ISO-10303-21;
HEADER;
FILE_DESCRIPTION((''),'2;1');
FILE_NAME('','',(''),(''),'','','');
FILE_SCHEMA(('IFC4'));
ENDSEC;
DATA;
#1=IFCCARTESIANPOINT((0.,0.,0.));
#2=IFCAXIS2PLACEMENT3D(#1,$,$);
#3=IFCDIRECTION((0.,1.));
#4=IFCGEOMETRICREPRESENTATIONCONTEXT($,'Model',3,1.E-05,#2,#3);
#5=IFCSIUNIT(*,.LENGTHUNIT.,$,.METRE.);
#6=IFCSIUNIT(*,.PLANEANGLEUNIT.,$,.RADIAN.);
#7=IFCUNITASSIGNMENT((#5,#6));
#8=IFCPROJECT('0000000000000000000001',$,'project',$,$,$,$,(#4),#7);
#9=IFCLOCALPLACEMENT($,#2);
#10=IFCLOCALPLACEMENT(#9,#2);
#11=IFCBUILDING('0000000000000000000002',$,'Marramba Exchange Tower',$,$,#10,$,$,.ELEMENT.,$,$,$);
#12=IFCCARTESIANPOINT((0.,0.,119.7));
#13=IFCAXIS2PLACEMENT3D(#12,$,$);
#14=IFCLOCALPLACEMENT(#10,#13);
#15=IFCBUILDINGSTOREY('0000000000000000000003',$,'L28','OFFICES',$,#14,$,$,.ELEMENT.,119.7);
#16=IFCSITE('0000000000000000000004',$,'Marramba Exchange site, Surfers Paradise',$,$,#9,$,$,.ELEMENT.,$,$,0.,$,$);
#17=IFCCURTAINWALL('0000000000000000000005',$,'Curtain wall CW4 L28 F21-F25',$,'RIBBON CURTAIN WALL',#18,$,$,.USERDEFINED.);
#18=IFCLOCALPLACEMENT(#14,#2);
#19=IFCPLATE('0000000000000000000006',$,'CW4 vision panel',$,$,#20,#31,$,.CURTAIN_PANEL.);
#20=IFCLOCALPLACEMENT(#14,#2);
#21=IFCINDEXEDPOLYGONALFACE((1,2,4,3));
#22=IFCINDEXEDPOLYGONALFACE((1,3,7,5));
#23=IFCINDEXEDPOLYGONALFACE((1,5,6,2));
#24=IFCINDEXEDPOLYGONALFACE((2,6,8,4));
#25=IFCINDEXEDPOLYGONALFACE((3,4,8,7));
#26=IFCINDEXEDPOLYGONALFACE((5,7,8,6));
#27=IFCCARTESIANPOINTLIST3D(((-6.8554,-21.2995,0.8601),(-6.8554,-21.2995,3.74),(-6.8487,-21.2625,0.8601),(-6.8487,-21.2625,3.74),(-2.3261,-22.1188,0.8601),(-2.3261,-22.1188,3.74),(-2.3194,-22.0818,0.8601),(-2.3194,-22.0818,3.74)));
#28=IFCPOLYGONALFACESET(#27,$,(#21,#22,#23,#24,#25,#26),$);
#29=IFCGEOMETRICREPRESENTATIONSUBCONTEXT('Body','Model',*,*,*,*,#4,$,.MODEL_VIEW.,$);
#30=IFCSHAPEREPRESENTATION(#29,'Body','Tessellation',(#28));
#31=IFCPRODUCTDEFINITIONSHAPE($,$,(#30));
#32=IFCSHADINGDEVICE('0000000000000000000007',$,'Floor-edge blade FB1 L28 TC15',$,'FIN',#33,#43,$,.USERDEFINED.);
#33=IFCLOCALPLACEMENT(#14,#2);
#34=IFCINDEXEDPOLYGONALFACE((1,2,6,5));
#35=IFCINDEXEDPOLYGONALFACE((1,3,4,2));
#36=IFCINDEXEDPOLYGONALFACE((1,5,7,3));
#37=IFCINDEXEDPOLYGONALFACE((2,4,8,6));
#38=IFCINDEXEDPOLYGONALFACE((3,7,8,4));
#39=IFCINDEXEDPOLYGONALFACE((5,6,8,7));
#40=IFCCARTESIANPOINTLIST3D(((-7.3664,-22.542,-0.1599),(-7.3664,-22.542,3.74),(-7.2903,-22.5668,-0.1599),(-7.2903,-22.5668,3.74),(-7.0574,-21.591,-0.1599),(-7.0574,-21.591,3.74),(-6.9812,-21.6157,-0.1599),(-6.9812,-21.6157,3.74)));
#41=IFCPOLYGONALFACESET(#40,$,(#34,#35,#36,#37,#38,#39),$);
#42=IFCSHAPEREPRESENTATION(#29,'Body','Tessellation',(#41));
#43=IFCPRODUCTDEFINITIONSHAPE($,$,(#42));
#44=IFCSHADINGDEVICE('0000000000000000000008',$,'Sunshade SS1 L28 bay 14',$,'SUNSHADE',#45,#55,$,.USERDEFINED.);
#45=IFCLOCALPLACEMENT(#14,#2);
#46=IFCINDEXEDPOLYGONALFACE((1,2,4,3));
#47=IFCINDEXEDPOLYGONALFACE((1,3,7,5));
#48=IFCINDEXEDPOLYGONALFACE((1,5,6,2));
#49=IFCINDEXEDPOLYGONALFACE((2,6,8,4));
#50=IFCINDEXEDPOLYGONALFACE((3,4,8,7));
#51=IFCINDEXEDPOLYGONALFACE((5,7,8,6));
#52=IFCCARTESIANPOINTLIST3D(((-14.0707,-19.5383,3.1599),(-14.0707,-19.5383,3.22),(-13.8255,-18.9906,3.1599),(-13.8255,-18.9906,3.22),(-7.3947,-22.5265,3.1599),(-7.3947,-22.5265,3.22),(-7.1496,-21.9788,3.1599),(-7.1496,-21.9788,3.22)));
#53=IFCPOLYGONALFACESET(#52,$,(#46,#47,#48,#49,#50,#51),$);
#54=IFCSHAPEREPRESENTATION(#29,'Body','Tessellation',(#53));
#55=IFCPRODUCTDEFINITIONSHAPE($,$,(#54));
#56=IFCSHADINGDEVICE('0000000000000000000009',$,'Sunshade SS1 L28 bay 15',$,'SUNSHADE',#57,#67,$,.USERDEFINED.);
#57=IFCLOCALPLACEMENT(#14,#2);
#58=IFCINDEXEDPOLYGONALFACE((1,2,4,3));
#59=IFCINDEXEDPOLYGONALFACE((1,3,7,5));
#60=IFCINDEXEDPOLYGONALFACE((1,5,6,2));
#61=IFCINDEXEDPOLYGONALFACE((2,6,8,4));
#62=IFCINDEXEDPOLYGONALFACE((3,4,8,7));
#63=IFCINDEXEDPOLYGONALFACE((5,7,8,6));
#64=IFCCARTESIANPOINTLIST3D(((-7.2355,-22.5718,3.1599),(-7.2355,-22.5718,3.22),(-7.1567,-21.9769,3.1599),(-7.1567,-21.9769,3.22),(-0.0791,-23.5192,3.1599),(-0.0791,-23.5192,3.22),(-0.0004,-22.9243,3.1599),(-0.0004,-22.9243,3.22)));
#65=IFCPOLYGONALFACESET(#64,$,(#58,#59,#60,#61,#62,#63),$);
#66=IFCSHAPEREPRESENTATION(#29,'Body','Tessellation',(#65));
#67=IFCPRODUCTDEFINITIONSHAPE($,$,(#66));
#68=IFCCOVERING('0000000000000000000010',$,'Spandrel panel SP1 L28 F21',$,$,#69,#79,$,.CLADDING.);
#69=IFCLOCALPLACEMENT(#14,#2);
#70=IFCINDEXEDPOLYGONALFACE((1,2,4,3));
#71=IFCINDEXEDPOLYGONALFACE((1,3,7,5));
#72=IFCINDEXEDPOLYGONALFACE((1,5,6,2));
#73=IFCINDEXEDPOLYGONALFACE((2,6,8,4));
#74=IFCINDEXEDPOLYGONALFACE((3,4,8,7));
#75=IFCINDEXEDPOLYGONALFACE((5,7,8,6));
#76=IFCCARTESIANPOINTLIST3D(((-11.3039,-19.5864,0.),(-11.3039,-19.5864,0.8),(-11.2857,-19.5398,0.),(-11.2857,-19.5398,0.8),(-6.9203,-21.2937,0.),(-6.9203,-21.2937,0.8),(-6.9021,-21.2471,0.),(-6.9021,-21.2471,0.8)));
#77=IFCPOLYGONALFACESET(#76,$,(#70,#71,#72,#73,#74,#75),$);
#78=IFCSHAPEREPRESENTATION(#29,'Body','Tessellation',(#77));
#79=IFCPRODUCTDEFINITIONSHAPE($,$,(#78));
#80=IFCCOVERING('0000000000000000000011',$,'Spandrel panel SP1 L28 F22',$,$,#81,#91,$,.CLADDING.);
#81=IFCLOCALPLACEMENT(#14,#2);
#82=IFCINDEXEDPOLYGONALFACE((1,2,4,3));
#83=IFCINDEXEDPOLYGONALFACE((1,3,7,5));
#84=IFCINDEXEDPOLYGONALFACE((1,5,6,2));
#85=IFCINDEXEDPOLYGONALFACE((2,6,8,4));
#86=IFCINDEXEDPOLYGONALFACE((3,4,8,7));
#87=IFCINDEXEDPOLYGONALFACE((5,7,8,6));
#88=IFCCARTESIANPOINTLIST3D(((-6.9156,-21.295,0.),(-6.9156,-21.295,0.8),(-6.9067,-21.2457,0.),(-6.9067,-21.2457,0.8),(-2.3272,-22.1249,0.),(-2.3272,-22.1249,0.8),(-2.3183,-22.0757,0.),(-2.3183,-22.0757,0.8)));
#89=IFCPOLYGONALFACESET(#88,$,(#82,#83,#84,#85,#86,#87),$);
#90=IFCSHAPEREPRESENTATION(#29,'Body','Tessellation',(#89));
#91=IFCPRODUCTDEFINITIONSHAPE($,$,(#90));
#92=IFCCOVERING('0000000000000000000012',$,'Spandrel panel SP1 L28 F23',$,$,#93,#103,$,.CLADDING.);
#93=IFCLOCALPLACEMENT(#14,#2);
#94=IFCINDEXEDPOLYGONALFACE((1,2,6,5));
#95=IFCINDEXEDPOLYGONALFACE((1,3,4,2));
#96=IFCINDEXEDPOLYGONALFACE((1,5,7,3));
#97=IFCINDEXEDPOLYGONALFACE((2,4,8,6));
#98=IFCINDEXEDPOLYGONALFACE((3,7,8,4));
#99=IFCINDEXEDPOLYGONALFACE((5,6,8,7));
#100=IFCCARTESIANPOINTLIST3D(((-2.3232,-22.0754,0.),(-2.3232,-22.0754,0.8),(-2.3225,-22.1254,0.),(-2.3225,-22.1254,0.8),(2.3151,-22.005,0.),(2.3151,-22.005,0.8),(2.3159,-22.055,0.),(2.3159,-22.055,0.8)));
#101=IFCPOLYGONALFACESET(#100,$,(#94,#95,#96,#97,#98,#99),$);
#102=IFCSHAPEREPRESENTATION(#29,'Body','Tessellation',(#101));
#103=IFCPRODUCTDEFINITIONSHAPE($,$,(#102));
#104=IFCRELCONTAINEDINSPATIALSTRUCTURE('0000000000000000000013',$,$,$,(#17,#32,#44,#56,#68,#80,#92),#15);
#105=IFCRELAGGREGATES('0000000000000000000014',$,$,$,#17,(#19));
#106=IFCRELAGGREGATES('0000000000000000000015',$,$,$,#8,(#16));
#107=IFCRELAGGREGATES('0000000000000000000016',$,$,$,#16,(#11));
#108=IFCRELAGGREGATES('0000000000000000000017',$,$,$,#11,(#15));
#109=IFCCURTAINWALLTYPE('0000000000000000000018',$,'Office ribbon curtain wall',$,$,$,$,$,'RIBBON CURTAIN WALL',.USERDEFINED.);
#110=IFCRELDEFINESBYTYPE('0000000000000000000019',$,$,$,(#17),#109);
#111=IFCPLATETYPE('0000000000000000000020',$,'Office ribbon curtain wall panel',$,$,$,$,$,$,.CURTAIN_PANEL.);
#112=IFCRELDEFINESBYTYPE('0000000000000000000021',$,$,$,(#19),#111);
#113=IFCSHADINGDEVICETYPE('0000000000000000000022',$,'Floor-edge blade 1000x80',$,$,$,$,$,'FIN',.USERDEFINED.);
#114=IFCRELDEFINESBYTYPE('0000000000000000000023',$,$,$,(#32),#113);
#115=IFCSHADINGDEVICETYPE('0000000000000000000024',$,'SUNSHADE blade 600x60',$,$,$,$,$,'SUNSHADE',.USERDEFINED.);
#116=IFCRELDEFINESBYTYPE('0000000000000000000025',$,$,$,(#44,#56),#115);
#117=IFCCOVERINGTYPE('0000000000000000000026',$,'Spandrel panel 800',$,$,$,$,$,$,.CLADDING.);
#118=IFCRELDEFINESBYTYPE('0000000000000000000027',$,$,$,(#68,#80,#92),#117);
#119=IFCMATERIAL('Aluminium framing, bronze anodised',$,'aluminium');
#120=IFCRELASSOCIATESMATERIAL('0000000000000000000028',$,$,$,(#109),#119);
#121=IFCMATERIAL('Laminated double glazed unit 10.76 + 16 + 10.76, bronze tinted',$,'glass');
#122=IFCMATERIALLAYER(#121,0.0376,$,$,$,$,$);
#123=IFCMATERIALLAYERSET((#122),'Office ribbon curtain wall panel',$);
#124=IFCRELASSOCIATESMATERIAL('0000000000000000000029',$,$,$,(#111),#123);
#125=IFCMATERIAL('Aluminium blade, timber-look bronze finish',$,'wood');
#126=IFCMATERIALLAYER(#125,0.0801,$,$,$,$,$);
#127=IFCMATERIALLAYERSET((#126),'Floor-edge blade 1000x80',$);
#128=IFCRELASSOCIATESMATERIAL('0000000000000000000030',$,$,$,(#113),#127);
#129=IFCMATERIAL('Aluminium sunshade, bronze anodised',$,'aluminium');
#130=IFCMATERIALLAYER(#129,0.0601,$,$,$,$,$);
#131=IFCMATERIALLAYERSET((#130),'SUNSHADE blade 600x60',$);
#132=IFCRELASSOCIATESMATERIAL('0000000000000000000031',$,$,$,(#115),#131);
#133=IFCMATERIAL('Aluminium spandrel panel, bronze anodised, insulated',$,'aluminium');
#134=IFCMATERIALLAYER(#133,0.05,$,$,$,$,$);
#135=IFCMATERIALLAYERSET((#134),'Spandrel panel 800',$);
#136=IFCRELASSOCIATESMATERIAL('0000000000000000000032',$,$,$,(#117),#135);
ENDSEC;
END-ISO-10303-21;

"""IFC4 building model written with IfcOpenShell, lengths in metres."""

from ifc_helpers import new_model, si_unit, direction, frame, origin, origin_2d, place, context, subcontext, project, spatial, rectangle, extrude, material, layer, layer_set, type_object, element, aggregate, save


model = new_model("IFC4")

# Units and contexts
model_context = context("Model", 3, precision=1e-05, world=origin(), true_north=direction((0.0, 1.0)))
body_context = subcontext(model_context, "Body", "Model", "MODEL_VIEW")
ifc_project = project(units=[si_unit("LENGTHUNIT", "METRE"), si_unit("PLANEANGLEUNIT", "RADIAN")], contexts=[model_context])

# Site, building, storey
site_placement = place(None, origin())
site = spatial("IfcSite", under=ifc_project, at=site_placement, Name="Marramba Exchange site, Surfers Paradise", CompositionType="ELEMENT", RefElevation=0.0)
building_placement = place(site_placement, origin())
building = spatial("IfcBuilding", under=site, at=building_placement, Name="Marramba Exchange Tower", CompositionType="ELEMENT")
storey_placement = place(building_placement, frame((0.0, 0.0, 119.7)))
storey = spatial("IfcBuildingStorey", under=building, at=storey_placement, Name="L28", Description="OFFICES", CompositionType="ELEMENT", Elevation=119.7)

# Curtain wall
ifc_material_1 = material(Name="Aluminium framing, bronze anodised", Category="aluminium")
curtain_wall_type = type_object("IfcCurtainWallType", Name="Office ribbon curtain wall", ElementType="RIBBON CURTAIN WALL", PredefinedType="USERDEFINED", material=ifc_material_1)
curtain_wall_1_placement = place(storey_placement, origin())
curtain_wall_1 = element("IfcCurtainWall", 1, at=curtain_wall_1_placement, inside=storey, type_object=curtain_wall_type, Name="Curtain wall CW4 L28 F21-F25", ObjectType="RIBBON CURTAIN WALL", PredefinedType="USERDEFINED")

# Shared definitions
ifc_material_2 = material(Name="Laminated double glazed unit 10.76 + 16 + 10.76, bronze tinted", Category="glass")
ifc_layer_1 = layer(ifc_material_2, 0.0376)
ifc_layer_set_1 = layer_set([ifc_layer_1], Name="Office ribbon curtain wall panel")
plate_type = type_object("IfcPlateType", Name="Office ribbon curtain wall panel", PredefinedType="CURTAIN_PANEL", material=ifc_layer_set_1)

# Plate
plate_1_placement = place(storey_placement, frame((-4.5874, -21.6907, 0.8601), z_axis=(0.0, 0.0, 1.0), x_axis=(0.984032, -0.177992, 0.0)))
plate_1 = element("IfcPlate", 2, at=plate_1_placement, type_object=plate_type, Name="CW4 vision panel", PredefinedType="CURTAIN_PANEL", context=body_context, shape_type="SweptSolid", body=[
    extrude(rectangle(XDim=4.6028, YDim=0.0376, at=origin_2d()), origin(), (0.0, 0.0, 1.0), 2.8799),
])
aggregate(curtain_wall_1, [plate_1])

# Shading devices
ifc_material_3 = material(Name="Aluminium blade, timber-look bronze finish", Category="wood")
ifc_layer_2 = layer(ifc_material_3, 0.0801)
ifc_layer_set_2 = layer_set([ifc_layer_2], Name="Floor-edge blade 1000x80")
shading_device_type_1 = type_object("IfcShadingDeviceType", Name="Floor-edge blade 1000x80", ElementType="FIN", PredefinedType="USERDEFINED", material=ifc_layer_set_2)
shading_device_1_placement = place(storey_placement, frame((-7.1738, -22.0789, -0.1599), z_axis=(0.0, 0.0, 1.0), x_axis=(-0.309017, -0.951057, 0.0)))
element("IfcShadingDevice", 3, at=shading_device_1_placement, inside=storey, type_object=shading_device_type_1, Name="Floor-edge blade FB1 L28 TC15", ObjectType="FIN", PredefinedType="USERDEFINED", context=body_context, shape_type="SweptSolid", body=[
    extrude(rectangle(XDim=1.0, YDim=0.0801, at=origin_2d()), origin(), (0.0, 0.0, 1.0), 3.8999),
])
ifc_material_4 = material(Name="Aluminium sunshade, bronze anodised", Category="aluminium")
ifc_layer_3 = layer(ifc_material_4, 0.0601)
ifc_layer_set_3 = layer_set([ifc_layer_3], Name="SUNSHADE blade 600x60")
shading_device_type_2 = type_object("IfcShadingDeviceType", Name="SUNSHADE blade 600x60", ElementType="SUNSHADE", PredefinedType="USERDEFINED", material=ifc_layer_set_3)
shading_device_2_placement = place(storey_placement, frame((-10.6101, -20.7585, 3.1599), z_axis=(0.0, 0.0, 1.0), x_axis=(0.912736, -0.40855, 0.0)))
element("IfcShadingDevice", 4, at=shading_device_2_placement, inside=storey, type_object=shading_device_type_2, Name="Sunshade SS1 L28 bay 14", ObjectType="SUNSHADE", PredefinedType="USERDEFINED", context=body_context, shape_type="SweptSolid", body=[
    extrude(rectangle(XDim=7.3142, YDim=0.6001, at=origin_2d()), origin(), (0.0, 0.0, 1.0), 0.0601),
])
shading_device_3_placement = place(storey_placement, frame((-3.6179, -22.748, 3.1599), z_axis=(0.0, 0.0, 1.0), x_axis=(0.99135, -0.131241, 0.0)))
element("IfcShadingDevice", 5, at=shading_device_3_placement, inside=storey, type_object=shading_device_type_2, Name="Sunshade SS1 L28 bay 15", ObjectType="SUNSHADE", PredefinedType="USERDEFINED", context=body_context, shape_type="SweptSolid", body=[
    extrude(rectangle(XDim=7.2188, YDim=0.6001, at=origin_2d()), origin(), (0.0, 0.0, 1.0), 0.0601),
])

# Coverings
ifc_material_5 = material(Name="Aluminium spandrel panel, bronze anodised, insulated", Category="aluminium")
ifc_layer_4 = layer(ifc_material_5, 0.05)
ifc_layer_set_4 = layer_set([ifc_layer_4], Name="Spandrel panel 800")
covering_type = type_object("IfcCoveringType", Name="Spandrel panel 800", PredefinedType="CLADDING", material=ifc_layer_set_4)
covering_1_placement = place(storey_placement, frame((-9.103, -20.4167, 0.0), z_axis=(0.0, 0.0, 1.0), x_axis=(0.931818, -0.362925, 0.0)))
element("IfcCovering", 6, at=covering_1_placement, inside=storey, type_object=covering_type, Name="Spandrel panel SP1 L28 F21", PredefinedType="CLADDING", context=body_context, shape_type="SweptSolid", body=[
    extrude(rectangle(XDim=4.7043, YDim=0.05, at=origin_2d()), origin(), (0.0, 0.0, 1.0), 0.8),
])
covering_2_placement = place(storey_placement, frame((-4.6169, -21.6853, 0.0), z_axis=(0.0, 0.0, 1.0), x_axis=(0.984032, -0.177992, 0.0)))
element("IfcCovering", 7, at=covering_2_placement, inside=storey, type_object=covering_type, Name="Spandrel panel SP1 L28 F22", PredefinedType="CLADDING", context=body_context, shape_type="SweptSolid", body=[
    extrude(rectangle(XDim=4.6628, YDim=0.05, at=origin_2d()), origin(), (0.0, 0.0, 1.0), 0.8),
])
covering_3_placement = place(storey_placement, frame((-0.0037, -22.0652, 0.0), z_axis=(0.0, 0.0, 1.0), x_axis=(0.999885, 0.015179, 0.0)))
element("IfcCovering", 8, at=covering_3_placement, inside=storey, type_object=covering_type, Name="Spandrel panel SP1 L28 F23", PredefinedType="CLADDING", context=body_context, shape_type="SweptSolid", body=[
    extrude(rectangle(XDim=4.6389, YDim=0.05, at=origin_2d()), origin(), (0.0, 0.0, 1.0), 0.8),
])

save(model, "model.ifc")
